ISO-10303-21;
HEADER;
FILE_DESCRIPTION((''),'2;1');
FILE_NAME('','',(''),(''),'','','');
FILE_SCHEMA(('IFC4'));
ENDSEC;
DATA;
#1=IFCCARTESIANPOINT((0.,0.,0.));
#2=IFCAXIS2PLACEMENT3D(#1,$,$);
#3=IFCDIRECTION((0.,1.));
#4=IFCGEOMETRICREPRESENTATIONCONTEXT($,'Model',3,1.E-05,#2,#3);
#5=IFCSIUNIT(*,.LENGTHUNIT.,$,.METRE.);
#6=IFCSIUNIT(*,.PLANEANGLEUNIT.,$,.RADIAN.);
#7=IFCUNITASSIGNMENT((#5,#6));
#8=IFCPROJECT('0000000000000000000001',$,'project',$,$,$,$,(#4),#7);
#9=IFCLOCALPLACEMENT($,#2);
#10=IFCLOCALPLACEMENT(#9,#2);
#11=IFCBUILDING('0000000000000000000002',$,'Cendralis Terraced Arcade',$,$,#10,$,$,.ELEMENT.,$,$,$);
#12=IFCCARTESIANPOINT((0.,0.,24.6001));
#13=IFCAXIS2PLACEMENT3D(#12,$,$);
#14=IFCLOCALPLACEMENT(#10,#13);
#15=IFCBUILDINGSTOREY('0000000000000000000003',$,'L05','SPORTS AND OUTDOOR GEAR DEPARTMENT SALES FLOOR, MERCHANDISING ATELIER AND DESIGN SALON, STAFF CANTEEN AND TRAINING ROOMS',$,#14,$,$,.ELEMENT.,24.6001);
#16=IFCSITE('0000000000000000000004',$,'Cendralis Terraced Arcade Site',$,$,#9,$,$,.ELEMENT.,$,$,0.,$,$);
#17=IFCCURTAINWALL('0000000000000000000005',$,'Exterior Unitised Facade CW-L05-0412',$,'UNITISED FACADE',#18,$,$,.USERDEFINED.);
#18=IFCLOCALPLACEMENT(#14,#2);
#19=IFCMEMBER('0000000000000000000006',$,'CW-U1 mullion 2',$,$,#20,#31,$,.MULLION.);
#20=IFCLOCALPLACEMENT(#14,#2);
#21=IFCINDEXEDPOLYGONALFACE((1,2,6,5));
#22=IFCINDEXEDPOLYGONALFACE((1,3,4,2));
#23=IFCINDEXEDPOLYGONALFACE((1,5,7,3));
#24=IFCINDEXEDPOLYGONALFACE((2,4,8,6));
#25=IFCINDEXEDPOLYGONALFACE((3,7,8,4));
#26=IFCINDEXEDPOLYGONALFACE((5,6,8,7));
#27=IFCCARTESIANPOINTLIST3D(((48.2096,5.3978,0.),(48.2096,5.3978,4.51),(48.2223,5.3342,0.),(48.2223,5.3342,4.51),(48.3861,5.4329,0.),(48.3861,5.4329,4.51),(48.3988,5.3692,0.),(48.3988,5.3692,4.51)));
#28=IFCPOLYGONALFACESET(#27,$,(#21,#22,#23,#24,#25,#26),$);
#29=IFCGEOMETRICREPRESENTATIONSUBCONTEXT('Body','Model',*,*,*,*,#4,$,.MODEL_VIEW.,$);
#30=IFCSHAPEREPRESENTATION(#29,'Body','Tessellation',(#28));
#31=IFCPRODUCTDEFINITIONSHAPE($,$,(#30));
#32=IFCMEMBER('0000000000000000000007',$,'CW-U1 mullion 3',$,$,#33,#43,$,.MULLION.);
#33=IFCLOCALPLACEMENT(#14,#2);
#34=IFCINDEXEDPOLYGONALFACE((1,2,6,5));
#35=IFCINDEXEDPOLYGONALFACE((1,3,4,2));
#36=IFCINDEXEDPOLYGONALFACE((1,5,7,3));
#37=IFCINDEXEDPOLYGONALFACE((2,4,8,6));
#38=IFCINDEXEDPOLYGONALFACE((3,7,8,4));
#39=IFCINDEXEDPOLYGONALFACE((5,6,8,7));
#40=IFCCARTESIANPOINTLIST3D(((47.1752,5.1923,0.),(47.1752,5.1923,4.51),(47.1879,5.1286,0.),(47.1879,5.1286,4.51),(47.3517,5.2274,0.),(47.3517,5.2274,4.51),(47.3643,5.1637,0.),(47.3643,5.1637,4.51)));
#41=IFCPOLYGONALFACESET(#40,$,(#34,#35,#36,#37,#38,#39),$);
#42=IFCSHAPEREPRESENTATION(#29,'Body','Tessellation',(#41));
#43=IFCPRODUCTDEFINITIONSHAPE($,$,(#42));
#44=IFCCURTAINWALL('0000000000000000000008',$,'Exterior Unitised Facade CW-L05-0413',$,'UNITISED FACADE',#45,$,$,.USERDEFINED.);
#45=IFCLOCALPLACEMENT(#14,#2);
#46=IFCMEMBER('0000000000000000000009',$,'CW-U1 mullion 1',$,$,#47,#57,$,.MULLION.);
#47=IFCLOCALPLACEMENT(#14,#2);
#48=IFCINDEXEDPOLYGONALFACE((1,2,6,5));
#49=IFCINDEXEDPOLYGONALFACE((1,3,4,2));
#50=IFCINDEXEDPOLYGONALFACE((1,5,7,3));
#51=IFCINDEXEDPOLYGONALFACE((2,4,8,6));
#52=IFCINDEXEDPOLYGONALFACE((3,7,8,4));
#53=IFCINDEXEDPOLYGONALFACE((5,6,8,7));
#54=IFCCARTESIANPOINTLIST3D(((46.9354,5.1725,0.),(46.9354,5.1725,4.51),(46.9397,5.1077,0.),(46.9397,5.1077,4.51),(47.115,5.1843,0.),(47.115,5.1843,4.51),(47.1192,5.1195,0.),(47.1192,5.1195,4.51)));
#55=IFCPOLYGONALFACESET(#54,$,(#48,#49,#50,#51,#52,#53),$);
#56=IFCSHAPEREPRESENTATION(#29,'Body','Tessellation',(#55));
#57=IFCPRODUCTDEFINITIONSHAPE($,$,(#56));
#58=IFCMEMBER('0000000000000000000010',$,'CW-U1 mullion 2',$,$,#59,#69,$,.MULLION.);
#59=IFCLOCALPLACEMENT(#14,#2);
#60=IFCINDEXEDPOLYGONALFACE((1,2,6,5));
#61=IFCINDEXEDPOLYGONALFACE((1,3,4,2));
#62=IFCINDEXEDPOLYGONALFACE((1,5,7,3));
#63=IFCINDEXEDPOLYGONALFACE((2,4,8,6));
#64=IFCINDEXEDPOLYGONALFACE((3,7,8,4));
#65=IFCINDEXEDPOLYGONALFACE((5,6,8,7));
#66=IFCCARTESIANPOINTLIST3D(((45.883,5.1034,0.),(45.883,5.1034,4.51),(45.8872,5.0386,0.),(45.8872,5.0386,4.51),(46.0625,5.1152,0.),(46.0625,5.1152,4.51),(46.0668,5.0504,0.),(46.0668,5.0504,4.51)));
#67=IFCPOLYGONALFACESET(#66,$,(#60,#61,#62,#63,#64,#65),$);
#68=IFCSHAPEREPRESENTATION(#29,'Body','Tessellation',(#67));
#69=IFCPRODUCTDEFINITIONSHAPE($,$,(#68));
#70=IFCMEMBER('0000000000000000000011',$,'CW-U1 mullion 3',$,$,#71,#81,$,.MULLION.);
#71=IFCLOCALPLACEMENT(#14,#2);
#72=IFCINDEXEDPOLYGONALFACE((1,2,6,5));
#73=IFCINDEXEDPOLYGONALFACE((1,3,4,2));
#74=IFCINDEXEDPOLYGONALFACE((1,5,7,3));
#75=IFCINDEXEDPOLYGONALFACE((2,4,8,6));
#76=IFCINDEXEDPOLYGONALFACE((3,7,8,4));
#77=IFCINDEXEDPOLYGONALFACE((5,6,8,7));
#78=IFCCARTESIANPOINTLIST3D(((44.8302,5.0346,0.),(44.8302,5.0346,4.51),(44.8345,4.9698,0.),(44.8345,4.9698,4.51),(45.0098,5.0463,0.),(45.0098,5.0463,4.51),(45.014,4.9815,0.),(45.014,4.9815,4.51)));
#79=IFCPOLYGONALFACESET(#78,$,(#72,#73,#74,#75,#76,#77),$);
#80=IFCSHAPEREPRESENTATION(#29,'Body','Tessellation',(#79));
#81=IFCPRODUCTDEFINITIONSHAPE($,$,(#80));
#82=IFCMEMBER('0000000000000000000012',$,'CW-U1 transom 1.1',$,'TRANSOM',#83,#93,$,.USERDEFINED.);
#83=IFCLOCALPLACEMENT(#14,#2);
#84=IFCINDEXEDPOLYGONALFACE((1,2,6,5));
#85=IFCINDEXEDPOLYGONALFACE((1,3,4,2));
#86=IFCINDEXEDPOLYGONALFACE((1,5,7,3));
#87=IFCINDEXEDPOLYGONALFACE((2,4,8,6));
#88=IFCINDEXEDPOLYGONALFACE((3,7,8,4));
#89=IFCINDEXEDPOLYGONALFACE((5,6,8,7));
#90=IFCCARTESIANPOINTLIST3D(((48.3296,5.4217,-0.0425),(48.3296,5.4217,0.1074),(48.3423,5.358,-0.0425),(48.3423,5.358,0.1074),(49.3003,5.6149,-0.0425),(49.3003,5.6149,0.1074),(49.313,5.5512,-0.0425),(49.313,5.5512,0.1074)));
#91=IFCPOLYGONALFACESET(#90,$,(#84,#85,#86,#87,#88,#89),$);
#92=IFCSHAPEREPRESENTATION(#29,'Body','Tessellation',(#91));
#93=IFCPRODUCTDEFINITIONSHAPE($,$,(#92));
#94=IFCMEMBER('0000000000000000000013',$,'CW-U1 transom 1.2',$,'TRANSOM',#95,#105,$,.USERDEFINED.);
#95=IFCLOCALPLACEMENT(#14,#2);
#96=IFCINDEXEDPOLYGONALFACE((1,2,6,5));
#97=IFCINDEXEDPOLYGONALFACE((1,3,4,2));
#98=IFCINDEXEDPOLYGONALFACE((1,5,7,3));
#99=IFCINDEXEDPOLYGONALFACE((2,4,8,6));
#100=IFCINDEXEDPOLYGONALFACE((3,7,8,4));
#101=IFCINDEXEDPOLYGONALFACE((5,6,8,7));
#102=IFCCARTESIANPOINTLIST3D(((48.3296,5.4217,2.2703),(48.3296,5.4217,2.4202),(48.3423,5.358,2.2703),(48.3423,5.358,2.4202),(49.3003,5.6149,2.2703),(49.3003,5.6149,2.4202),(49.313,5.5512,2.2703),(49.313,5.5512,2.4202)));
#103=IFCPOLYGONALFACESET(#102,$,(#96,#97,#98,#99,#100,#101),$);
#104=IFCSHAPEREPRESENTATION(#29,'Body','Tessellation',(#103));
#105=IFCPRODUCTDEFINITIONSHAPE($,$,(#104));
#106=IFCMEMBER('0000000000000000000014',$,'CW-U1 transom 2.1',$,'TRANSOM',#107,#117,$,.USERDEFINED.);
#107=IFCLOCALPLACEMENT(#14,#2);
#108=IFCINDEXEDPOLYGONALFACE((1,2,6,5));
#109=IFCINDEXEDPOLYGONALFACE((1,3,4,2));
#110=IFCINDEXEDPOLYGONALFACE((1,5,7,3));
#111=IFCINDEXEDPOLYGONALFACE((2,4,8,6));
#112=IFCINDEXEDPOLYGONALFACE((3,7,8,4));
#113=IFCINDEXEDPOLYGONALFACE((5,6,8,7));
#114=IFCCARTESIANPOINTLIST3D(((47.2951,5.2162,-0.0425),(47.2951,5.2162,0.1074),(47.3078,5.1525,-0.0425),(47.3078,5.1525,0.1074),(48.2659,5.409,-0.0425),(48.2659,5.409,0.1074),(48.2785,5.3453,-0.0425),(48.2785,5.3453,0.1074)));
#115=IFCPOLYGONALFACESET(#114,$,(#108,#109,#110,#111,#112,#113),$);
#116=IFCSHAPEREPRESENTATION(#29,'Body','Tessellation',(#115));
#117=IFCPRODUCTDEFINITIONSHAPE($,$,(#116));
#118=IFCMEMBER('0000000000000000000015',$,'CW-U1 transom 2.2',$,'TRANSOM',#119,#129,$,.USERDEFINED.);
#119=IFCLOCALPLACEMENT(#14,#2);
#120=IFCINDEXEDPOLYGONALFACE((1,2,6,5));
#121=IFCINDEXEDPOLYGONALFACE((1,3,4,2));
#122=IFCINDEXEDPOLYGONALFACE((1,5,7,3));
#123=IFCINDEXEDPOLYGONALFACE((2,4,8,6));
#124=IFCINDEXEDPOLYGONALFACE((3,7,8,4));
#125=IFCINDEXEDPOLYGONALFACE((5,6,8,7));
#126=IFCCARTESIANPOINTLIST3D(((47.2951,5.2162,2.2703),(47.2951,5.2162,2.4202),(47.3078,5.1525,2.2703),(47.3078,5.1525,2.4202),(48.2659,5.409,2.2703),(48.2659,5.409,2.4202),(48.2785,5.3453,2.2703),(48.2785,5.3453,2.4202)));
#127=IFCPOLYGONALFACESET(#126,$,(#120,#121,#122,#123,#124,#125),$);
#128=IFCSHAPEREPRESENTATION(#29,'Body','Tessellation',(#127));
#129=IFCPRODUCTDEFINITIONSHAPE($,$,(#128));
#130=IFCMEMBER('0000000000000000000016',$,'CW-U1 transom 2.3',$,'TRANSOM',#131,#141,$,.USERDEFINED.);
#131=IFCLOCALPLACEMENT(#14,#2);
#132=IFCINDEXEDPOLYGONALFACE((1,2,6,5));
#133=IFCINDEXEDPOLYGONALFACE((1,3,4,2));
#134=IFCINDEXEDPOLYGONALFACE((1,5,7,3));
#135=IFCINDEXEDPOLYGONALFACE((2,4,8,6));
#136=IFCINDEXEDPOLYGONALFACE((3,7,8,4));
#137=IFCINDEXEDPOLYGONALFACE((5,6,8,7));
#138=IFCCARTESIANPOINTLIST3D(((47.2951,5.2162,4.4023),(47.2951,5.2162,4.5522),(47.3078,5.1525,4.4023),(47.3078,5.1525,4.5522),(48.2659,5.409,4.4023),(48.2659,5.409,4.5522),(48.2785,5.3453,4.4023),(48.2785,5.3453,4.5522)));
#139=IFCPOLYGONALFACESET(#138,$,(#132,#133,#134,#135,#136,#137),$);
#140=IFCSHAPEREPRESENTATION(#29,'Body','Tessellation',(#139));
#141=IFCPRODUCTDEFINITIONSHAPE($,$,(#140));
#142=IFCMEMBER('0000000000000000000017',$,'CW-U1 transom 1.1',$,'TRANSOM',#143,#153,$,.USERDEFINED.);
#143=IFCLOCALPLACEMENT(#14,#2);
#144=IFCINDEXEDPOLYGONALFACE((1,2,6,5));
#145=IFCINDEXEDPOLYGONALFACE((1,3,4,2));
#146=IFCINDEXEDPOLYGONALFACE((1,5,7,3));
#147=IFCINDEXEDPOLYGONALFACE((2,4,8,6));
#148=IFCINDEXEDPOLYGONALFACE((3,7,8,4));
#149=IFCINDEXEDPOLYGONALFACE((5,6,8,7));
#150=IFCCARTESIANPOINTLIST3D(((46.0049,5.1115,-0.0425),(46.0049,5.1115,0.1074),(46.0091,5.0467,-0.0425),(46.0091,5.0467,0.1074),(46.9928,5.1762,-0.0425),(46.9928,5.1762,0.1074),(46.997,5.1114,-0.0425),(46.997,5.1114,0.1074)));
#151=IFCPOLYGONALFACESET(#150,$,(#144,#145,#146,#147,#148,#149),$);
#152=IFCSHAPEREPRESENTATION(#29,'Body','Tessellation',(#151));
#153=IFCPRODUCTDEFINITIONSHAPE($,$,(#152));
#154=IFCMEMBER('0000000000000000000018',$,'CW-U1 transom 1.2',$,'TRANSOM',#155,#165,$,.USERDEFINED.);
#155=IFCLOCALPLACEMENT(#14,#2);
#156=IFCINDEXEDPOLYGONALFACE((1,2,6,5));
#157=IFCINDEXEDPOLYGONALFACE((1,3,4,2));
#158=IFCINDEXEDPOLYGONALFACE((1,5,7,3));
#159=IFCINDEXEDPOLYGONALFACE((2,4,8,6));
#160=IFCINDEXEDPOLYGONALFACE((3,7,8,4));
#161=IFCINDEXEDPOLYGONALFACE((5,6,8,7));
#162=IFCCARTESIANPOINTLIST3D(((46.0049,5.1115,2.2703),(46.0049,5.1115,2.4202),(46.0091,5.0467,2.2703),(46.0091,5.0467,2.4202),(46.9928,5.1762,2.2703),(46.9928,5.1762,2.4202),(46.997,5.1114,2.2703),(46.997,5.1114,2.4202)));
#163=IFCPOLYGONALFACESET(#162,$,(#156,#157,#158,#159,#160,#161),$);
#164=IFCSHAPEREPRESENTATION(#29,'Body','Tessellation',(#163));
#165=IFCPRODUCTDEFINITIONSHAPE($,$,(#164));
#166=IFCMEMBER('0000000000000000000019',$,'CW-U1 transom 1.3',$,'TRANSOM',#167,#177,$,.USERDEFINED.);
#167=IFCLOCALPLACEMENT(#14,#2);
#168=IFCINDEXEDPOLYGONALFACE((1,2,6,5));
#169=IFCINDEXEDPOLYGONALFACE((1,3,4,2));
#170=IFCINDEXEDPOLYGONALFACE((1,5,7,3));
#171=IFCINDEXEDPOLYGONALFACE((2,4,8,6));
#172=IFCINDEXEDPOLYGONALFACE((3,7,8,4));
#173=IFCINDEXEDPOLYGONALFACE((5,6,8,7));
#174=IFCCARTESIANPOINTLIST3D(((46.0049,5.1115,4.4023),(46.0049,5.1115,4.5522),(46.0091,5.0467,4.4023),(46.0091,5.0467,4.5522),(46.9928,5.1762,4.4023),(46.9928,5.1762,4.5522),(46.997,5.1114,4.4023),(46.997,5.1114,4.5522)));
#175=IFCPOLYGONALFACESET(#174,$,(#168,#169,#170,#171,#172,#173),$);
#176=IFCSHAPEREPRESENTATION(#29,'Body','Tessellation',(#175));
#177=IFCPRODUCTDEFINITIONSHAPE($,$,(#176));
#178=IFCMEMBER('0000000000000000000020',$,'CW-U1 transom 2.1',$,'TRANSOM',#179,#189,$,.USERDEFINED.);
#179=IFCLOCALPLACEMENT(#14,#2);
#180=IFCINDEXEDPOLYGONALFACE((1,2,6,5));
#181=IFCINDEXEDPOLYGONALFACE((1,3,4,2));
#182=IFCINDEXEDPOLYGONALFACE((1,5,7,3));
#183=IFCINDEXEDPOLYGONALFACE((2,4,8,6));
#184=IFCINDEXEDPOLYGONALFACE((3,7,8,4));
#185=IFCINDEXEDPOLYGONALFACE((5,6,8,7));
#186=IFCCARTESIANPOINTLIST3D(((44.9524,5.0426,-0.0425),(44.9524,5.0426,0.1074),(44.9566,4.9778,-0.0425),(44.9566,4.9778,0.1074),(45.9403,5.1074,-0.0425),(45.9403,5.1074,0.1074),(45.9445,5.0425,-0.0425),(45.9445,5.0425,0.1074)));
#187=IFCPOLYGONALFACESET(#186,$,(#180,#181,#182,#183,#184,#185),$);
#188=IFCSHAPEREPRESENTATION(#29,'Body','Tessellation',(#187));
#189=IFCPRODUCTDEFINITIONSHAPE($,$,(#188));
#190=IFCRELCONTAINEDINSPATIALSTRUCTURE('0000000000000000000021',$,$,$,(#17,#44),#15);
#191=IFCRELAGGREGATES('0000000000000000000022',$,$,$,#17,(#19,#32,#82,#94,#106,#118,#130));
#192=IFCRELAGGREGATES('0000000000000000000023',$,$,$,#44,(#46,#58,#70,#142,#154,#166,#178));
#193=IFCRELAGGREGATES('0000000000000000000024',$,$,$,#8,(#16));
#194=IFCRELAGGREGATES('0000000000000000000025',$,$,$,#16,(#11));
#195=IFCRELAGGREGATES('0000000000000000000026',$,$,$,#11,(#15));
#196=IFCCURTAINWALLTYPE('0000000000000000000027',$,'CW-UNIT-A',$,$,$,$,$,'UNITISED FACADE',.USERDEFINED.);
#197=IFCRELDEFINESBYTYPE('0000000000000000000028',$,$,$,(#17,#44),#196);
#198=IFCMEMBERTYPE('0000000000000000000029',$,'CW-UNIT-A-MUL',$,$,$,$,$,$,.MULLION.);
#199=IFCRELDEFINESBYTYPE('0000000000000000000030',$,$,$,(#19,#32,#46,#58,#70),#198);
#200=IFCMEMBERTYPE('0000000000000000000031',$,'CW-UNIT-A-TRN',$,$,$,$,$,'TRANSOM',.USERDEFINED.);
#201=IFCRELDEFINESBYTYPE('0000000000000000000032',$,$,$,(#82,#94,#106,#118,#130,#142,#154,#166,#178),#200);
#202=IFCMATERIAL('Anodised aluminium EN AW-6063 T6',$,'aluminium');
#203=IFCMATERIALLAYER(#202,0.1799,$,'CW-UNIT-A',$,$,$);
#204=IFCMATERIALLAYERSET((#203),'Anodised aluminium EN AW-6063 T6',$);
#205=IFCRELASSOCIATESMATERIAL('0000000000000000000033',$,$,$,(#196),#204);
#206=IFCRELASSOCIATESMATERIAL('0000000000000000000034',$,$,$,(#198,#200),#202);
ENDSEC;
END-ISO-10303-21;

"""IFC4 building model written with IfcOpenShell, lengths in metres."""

from ifc_helpers import new_model, si_unit, direction, frame, origin, origin_2d, place, context, subcontext, project, spatial, rectangle, extrude, material, layer, layer_set, material_profile, profile_set, type_object, element, aggregate, save


model = new_model("IFC4")

# Units and contexts
model_context = context("Model", 3, precision=1e-05, world=origin(), true_north=direction((0.0, 1.0)))
body_context = subcontext(model_context, "Body", "Model", "MODEL_VIEW")
ifc_project = project(units=[si_unit("LENGTHUNIT", "METRE"), si_unit("PLANEANGLEUNIT", "RADIAN")], contexts=[model_context])

# Site, building, storey
site_placement = place(None, origin())
site = spatial("IfcSite", under=ifc_project, at=site_placement, Name="Cendralis Terraced Arcade Site", CompositionType="ELEMENT", RefElevation=0.0)
building_placement = place(site_placement, origin())
building = spatial("IfcBuilding", under=site, at=building_placement, Name="Cendralis Terraced Arcade", CompositionType="ELEMENT")
storey_placement = place(building_placement, frame((0.0, 0.0, 24.6001)))
storey = spatial("IfcBuildingStorey", under=building, at=storey_placement, Name="L05", Description="SPORTS AND OUTDOOR GEAR DEPARTMENT SALES FLOOR, MERCHANDISING ATELIER AND DESIGN SALON, STAFF CANTEEN AND TRAINING ROOMS", CompositionType="ELEMENT", Elevation=24.6001)

# Curtain walls, members
ifc_material_1 = material(Name="Anodised aluminium EN AW-6063 T6", Category="aluminium")
ifc_layer_1 = layer(ifc_material_1, 0.1799, Name="CW-UNIT-A")
ifc_layer_set_1 = layer_set([ifc_layer_1], Name="Anodised aluminium EN AW-6063 T6")
curtain_wall_type_1 = type_object("IfcCurtainWallType", Name="CW-UNIT-A", ElementType="UNITISED FACADE", PredefinedType="USERDEFINED", material=ifc_layer_set_1)
curtain_wall_1_placement = place(storey_placement, origin())
curtain_wall_1 = element("IfcCurtainWall", 1, at=curtain_wall_1_placement, inside=storey, type_object=curtain_wall_type_1, Name="Exterior Unitised Facade CW-L05-0412", ObjectType="UNITISED FACADE", PredefinedType="USERDEFINED")
ifc_material_profile_1 = material_profile(ifc_material_1, rectangle(XDim=0.0649, YDim=0.1799, at=origin_2d()), Name="ALU-MUL-65x180")
ifc_profile_set_1 = profile_set([ifc_material_profile_1], Name="Anodised aluminium EN AW-6063 T6")
member_type_1 = type_object("IfcMemberType", Name="CW-UNIT-A-MUL", PredefinedType="MULLION", material=ifc_profile_set_1)
member_1_placement = place(storey_placement, frame((48.3042, 5.3835, 0.0), z_axis=(0.0, 0.0, 1.0), x_axis=(0.195046, -0.980794, 0.0)))
member_1 = element("IfcMember", 2, at=member_1_placement, type_object=member_type_1, Name="CW-U1 mullion 2", PredefinedType="MULLION", context=body_context, shape_type="SweptSolid", body=[
    extrude(rectangle(XDim=0.0649, YDim=0.1799, at=origin_2d()), origin(), (0.0, 0.0, 1.0), 4.51),
])
member_2_placement = place(storey_placement, frame((47.2698, 5.178, 0.0), z_axis=(0.0, 0.0, 1.0), x_axis=(0.195046, -0.980794, 0.0)))
member_2 = element("IfcMember", 3, at=member_2_placement, type_object=member_type_1, Name="CW-U1 mullion 3", PredefinedType="MULLION", context=body_context, shape_type="SweptSolid", body=[
    extrude(rectangle(XDim=0.0649, YDim=0.1799, at=origin_2d()), origin(), (0.0, 0.0, 1.0), 4.51),
])
curtain_wall_2_placement = place(storey_placement, origin())
curtain_wall_2 = element("IfcCurtainWall", 4, at=curtain_wall_2_placement, inside=storey, type_object=curtain_wall_type_1, Name="Exterior Unitised Facade CW-L05-0413", ObjectType="UNITISED FACADE", PredefinedType="USERDEFINED")
member_3_placement = place(storey_placement, frame((47.0273, 5.146, 0.0), z_axis=(0.0, 0.0, 1.0), x_axis=(0.065393, -0.99786, 0.0)))
member_3 = element("IfcMember", 5, at=member_3_placement, type_object=member_type_1, Name="CW-U1 mullion 1", PredefinedType="MULLION", context=body_context, shape_type="SweptSolid", body=[
    extrude(rectangle(XDim=0.0649, YDim=0.1799, at=origin_2d()), origin(), (0.0, 0.0, 1.0), 4.51),
])
member_4_placement = place(storey_placement, frame((45.9749, 5.0769, 0.0), z_axis=(0.0, 0.0, 1.0), x_axis=(0.065393, -0.99786, 0.0)))
member_4 = element("IfcMember", 6, at=member_4_placement, type_object=member_type_1, Name="CW-U1 mullion 2", PredefinedType="MULLION", context=body_context, shape_type="SweptSolid", body=[
    extrude(rectangle(XDim=0.0649, YDim=0.1799, at=origin_2d()), origin(), (0.0, 0.0, 1.0), 4.51),
])
member_5_placement = place(storey_placement, frame((44.9221, 5.0081, 0.0), z_axis=(0.0, 0.0, 1.0), x_axis=(0.065393, -0.99786, 0.0)))
member_5 = element("IfcMember", 7, at=member_5_placement, type_object=member_type_1, Name="CW-U1 mullion 3", PredefinedType="MULLION", context=body_context, shape_type="SweptSolid", body=[
    extrude(rectangle(XDim=0.0649, YDim=0.1799, at=origin_2d()), origin(), (0.0, 0.0, 1.0), 4.51),
])

# Members
ifc_material_profile_2 = material_profile(ifc_material_1, rectangle(XDim=0.0649, YDim=0.1499, at=origin_2d()), Name="ALU-TRN-65x150")
ifc_profile_set_2 = profile_set([ifc_material_profile_2], Name="Anodised aluminium EN AW-6063 T6")
member_type_2 = type_object("IfcMemberType", Name="CW-UNIT-A-TRN", ElementType="TRANSOM", PredefinedType="USERDEFINED", material=ifc_profile_set_2)
member_6_placement = place(storey_placement, frame((49.3066, 5.583, 0.0325), z_axis=(-0.980779, -0.19512, 0.0), x_axis=(0.19512, -0.980779, 0.0)))
member_6 = element("IfcMember", 8, at=member_6_placement, type_object=member_type_2, Name="CW-U1 transom 1.1", ObjectType="TRANSOM", PredefinedType="USERDEFINED", context=body_context, shape_type="SweptSolid", body=[
    extrude(rectangle(XDim=0.0649, YDim=0.1499, at=origin_2d()), origin(), (0.0, 0.0, 1.0), 0.9897),
])
member_7_placement = place(storey_placement, frame((49.3066, 5.583, 2.3452), z_axis=(-0.980779, -0.19512, 0.0), x_axis=(0.19512, -0.980779, 0.0)))
member_7 = element("IfcMember", 9, at=member_7_placement, type_object=member_type_2, Name="CW-U1 transom 1.2", ObjectType="TRANSOM", PredefinedType="USERDEFINED", context=body_context, shape_type="SweptSolid", body=[
    extrude(rectangle(XDim=0.0649, YDim=0.1499, at=origin_2d()), origin(), (0.0, 0.0, 1.0), 0.9897),
])
member_8_placement = place(storey_placement, frame((48.2722, 5.3772, 0.0325), z_axis=(-0.980827, -0.194883, 0.0), x_axis=(0.194883, -0.980827, 0.0)))
member_8 = element("IfcMember", 10, at=member_8_placement, type_object=member_type_2, Name="CW-U1 transom 2.1", ObjectType="TRANSOM", PredefinedType="USERDEFINED", context=body_context, shape_type="SweptSolid", body=[
    extrude(rectangle(XDim=0.0649, YDim=0.1499, at=origin_2d()), origin(), (0.0, 0.0, 1.0), 0.9897),
])
member_9_placement = place(storey_placement, frame((48.2722, 5.3772, 2.3452), z_axis=(-0.980827, -0.194883, 0.0), x_axis=(0.194883, -0.980827, 0.0)))
member_9 = element("IfcMember", 11, at=member_9_placement, type_object=member_type_2, Name="CW-U1 transom 2.2", ObjectType="TRANSOM", PredefinedType="USERDEFINED", context=body_context, shape_type="SweptSolid", body=[
    extrude(rectangle(XDim=0.0649, YDim=0.1499, at=origin_2d()), origin(), (0.0, 0.0, 1.0), 0.9897),
])
member_10_placement = place(storey_placement, frame((48.2722, 5.3772, 4.4773), z_axis=(-0.980827, -0.194883, 0.0), x_axis=(0.194883, -0.980827, 0.0)))
member_10 = element("IfcMember", 12, at=member_10_placement, type_object=member_type_2, Name="CW-U1 transom 2.3", ObjectType="TRANSOM", PredefinedType="USERDEFINED", context=body_context, shape_type="SweptSolid", body=[
    extrude(rectangle(XDim=0.0649, YDim=0.1499, at=origin_2d()), origin(), (0.0, 0.0, 1.0), 0.9897),
])
member_11_placement = place(storey_placement, frame((46.9949, 5.1438, 0.0325), z_axis=(-0.997862, -0.065357, 0.0), x_axis=(0.065357, -0.997862, 0.0)))
member_11 = element("IfcMember", 13, at=member_11_placement, type_object=member_type_2, Name="CW-U1 transom 1.1", ObjectType="TRANSOM", PredefinedType="USERDEFINED", context=body_context, shape_type="SweptSolid", body=[
    extrude(rectangle(XDim=0.0649, YDim=0.1499, at=origin_2d()), origin(), (0.0, 0.0, 1.0), 0.99),
])
member_12_placement = place(storey_placement, frame((46.9949, 5.1438, 2.3452), z_axis=(-0.997862, -0.065357, 0.0), x_axis=(0.065357, -0.997862, 0.0)))
member_12 = element("IfcMember", 14, at=member_12_placement, type_object=member_type_2, Name="CW-U1 transom 1.2", ObjectType="TRANSOM", PredefinedType="USERDEFINED", context=body_context, shape_type="SweptSolid", body=[
    extrude(rectangle(XDim=0.0649, YDim=0.1499, at=origin_2d()), origin(), (0.0, 0.0, 1.0), 0.99),
])
member_13_placement = place(storey_placement, frame((46.9949, 5.1438, 4.4773), z_axis=(-0.997862, -0.065357, 0.0), x_axis=(0.065357, -0.997862, 0.0)))
member_13 = element("IfcMember", 15, at=member_13_placement, type_object=member_type_2, Name="CW-U1 transom 1.3", ObjectType="TRANSOM", PredefinedType="USERDEFINED", context=body_context, shape_type="SweptSolid", body=[
    extrude(rectangle(XDim=0.0649, YDim=0.1499, at=origin_2d()), origin(), (0.0, 0.0, 1.0), 0.99),
])
member_14_placement = place(storey_placement, frame((45.9424, 5.075, 0.0325), z_axis=(-0.997862, -0.065357, 0.0), x_axis=(0.065357, -0.997862, 0.0)))
member_14 = element("IfcMember", 16, at=member_14_placement, type_object=member_type_2, Name="CW-U1 transom 2.1", ObjectType="TRANSOM", PredefinedType="USERDEFINED", context=body_context, shape_type="SweptSolid", body=[
    extrude(rectangle(XDim=0.0649, YDim=0.1499, at=origin_2d()), origin(), (0.0, 0.0, 1.0), 0.99),
])

aggregate(curtain_wall_1, [member_1, member_2, member_6, member_7, member_8, member_9, member_10])
aggregate(curtain_wall_2, [member_3, member_4, member_5, member_11, member_12, member_13, member_14])

save(model, "model.ifc")
